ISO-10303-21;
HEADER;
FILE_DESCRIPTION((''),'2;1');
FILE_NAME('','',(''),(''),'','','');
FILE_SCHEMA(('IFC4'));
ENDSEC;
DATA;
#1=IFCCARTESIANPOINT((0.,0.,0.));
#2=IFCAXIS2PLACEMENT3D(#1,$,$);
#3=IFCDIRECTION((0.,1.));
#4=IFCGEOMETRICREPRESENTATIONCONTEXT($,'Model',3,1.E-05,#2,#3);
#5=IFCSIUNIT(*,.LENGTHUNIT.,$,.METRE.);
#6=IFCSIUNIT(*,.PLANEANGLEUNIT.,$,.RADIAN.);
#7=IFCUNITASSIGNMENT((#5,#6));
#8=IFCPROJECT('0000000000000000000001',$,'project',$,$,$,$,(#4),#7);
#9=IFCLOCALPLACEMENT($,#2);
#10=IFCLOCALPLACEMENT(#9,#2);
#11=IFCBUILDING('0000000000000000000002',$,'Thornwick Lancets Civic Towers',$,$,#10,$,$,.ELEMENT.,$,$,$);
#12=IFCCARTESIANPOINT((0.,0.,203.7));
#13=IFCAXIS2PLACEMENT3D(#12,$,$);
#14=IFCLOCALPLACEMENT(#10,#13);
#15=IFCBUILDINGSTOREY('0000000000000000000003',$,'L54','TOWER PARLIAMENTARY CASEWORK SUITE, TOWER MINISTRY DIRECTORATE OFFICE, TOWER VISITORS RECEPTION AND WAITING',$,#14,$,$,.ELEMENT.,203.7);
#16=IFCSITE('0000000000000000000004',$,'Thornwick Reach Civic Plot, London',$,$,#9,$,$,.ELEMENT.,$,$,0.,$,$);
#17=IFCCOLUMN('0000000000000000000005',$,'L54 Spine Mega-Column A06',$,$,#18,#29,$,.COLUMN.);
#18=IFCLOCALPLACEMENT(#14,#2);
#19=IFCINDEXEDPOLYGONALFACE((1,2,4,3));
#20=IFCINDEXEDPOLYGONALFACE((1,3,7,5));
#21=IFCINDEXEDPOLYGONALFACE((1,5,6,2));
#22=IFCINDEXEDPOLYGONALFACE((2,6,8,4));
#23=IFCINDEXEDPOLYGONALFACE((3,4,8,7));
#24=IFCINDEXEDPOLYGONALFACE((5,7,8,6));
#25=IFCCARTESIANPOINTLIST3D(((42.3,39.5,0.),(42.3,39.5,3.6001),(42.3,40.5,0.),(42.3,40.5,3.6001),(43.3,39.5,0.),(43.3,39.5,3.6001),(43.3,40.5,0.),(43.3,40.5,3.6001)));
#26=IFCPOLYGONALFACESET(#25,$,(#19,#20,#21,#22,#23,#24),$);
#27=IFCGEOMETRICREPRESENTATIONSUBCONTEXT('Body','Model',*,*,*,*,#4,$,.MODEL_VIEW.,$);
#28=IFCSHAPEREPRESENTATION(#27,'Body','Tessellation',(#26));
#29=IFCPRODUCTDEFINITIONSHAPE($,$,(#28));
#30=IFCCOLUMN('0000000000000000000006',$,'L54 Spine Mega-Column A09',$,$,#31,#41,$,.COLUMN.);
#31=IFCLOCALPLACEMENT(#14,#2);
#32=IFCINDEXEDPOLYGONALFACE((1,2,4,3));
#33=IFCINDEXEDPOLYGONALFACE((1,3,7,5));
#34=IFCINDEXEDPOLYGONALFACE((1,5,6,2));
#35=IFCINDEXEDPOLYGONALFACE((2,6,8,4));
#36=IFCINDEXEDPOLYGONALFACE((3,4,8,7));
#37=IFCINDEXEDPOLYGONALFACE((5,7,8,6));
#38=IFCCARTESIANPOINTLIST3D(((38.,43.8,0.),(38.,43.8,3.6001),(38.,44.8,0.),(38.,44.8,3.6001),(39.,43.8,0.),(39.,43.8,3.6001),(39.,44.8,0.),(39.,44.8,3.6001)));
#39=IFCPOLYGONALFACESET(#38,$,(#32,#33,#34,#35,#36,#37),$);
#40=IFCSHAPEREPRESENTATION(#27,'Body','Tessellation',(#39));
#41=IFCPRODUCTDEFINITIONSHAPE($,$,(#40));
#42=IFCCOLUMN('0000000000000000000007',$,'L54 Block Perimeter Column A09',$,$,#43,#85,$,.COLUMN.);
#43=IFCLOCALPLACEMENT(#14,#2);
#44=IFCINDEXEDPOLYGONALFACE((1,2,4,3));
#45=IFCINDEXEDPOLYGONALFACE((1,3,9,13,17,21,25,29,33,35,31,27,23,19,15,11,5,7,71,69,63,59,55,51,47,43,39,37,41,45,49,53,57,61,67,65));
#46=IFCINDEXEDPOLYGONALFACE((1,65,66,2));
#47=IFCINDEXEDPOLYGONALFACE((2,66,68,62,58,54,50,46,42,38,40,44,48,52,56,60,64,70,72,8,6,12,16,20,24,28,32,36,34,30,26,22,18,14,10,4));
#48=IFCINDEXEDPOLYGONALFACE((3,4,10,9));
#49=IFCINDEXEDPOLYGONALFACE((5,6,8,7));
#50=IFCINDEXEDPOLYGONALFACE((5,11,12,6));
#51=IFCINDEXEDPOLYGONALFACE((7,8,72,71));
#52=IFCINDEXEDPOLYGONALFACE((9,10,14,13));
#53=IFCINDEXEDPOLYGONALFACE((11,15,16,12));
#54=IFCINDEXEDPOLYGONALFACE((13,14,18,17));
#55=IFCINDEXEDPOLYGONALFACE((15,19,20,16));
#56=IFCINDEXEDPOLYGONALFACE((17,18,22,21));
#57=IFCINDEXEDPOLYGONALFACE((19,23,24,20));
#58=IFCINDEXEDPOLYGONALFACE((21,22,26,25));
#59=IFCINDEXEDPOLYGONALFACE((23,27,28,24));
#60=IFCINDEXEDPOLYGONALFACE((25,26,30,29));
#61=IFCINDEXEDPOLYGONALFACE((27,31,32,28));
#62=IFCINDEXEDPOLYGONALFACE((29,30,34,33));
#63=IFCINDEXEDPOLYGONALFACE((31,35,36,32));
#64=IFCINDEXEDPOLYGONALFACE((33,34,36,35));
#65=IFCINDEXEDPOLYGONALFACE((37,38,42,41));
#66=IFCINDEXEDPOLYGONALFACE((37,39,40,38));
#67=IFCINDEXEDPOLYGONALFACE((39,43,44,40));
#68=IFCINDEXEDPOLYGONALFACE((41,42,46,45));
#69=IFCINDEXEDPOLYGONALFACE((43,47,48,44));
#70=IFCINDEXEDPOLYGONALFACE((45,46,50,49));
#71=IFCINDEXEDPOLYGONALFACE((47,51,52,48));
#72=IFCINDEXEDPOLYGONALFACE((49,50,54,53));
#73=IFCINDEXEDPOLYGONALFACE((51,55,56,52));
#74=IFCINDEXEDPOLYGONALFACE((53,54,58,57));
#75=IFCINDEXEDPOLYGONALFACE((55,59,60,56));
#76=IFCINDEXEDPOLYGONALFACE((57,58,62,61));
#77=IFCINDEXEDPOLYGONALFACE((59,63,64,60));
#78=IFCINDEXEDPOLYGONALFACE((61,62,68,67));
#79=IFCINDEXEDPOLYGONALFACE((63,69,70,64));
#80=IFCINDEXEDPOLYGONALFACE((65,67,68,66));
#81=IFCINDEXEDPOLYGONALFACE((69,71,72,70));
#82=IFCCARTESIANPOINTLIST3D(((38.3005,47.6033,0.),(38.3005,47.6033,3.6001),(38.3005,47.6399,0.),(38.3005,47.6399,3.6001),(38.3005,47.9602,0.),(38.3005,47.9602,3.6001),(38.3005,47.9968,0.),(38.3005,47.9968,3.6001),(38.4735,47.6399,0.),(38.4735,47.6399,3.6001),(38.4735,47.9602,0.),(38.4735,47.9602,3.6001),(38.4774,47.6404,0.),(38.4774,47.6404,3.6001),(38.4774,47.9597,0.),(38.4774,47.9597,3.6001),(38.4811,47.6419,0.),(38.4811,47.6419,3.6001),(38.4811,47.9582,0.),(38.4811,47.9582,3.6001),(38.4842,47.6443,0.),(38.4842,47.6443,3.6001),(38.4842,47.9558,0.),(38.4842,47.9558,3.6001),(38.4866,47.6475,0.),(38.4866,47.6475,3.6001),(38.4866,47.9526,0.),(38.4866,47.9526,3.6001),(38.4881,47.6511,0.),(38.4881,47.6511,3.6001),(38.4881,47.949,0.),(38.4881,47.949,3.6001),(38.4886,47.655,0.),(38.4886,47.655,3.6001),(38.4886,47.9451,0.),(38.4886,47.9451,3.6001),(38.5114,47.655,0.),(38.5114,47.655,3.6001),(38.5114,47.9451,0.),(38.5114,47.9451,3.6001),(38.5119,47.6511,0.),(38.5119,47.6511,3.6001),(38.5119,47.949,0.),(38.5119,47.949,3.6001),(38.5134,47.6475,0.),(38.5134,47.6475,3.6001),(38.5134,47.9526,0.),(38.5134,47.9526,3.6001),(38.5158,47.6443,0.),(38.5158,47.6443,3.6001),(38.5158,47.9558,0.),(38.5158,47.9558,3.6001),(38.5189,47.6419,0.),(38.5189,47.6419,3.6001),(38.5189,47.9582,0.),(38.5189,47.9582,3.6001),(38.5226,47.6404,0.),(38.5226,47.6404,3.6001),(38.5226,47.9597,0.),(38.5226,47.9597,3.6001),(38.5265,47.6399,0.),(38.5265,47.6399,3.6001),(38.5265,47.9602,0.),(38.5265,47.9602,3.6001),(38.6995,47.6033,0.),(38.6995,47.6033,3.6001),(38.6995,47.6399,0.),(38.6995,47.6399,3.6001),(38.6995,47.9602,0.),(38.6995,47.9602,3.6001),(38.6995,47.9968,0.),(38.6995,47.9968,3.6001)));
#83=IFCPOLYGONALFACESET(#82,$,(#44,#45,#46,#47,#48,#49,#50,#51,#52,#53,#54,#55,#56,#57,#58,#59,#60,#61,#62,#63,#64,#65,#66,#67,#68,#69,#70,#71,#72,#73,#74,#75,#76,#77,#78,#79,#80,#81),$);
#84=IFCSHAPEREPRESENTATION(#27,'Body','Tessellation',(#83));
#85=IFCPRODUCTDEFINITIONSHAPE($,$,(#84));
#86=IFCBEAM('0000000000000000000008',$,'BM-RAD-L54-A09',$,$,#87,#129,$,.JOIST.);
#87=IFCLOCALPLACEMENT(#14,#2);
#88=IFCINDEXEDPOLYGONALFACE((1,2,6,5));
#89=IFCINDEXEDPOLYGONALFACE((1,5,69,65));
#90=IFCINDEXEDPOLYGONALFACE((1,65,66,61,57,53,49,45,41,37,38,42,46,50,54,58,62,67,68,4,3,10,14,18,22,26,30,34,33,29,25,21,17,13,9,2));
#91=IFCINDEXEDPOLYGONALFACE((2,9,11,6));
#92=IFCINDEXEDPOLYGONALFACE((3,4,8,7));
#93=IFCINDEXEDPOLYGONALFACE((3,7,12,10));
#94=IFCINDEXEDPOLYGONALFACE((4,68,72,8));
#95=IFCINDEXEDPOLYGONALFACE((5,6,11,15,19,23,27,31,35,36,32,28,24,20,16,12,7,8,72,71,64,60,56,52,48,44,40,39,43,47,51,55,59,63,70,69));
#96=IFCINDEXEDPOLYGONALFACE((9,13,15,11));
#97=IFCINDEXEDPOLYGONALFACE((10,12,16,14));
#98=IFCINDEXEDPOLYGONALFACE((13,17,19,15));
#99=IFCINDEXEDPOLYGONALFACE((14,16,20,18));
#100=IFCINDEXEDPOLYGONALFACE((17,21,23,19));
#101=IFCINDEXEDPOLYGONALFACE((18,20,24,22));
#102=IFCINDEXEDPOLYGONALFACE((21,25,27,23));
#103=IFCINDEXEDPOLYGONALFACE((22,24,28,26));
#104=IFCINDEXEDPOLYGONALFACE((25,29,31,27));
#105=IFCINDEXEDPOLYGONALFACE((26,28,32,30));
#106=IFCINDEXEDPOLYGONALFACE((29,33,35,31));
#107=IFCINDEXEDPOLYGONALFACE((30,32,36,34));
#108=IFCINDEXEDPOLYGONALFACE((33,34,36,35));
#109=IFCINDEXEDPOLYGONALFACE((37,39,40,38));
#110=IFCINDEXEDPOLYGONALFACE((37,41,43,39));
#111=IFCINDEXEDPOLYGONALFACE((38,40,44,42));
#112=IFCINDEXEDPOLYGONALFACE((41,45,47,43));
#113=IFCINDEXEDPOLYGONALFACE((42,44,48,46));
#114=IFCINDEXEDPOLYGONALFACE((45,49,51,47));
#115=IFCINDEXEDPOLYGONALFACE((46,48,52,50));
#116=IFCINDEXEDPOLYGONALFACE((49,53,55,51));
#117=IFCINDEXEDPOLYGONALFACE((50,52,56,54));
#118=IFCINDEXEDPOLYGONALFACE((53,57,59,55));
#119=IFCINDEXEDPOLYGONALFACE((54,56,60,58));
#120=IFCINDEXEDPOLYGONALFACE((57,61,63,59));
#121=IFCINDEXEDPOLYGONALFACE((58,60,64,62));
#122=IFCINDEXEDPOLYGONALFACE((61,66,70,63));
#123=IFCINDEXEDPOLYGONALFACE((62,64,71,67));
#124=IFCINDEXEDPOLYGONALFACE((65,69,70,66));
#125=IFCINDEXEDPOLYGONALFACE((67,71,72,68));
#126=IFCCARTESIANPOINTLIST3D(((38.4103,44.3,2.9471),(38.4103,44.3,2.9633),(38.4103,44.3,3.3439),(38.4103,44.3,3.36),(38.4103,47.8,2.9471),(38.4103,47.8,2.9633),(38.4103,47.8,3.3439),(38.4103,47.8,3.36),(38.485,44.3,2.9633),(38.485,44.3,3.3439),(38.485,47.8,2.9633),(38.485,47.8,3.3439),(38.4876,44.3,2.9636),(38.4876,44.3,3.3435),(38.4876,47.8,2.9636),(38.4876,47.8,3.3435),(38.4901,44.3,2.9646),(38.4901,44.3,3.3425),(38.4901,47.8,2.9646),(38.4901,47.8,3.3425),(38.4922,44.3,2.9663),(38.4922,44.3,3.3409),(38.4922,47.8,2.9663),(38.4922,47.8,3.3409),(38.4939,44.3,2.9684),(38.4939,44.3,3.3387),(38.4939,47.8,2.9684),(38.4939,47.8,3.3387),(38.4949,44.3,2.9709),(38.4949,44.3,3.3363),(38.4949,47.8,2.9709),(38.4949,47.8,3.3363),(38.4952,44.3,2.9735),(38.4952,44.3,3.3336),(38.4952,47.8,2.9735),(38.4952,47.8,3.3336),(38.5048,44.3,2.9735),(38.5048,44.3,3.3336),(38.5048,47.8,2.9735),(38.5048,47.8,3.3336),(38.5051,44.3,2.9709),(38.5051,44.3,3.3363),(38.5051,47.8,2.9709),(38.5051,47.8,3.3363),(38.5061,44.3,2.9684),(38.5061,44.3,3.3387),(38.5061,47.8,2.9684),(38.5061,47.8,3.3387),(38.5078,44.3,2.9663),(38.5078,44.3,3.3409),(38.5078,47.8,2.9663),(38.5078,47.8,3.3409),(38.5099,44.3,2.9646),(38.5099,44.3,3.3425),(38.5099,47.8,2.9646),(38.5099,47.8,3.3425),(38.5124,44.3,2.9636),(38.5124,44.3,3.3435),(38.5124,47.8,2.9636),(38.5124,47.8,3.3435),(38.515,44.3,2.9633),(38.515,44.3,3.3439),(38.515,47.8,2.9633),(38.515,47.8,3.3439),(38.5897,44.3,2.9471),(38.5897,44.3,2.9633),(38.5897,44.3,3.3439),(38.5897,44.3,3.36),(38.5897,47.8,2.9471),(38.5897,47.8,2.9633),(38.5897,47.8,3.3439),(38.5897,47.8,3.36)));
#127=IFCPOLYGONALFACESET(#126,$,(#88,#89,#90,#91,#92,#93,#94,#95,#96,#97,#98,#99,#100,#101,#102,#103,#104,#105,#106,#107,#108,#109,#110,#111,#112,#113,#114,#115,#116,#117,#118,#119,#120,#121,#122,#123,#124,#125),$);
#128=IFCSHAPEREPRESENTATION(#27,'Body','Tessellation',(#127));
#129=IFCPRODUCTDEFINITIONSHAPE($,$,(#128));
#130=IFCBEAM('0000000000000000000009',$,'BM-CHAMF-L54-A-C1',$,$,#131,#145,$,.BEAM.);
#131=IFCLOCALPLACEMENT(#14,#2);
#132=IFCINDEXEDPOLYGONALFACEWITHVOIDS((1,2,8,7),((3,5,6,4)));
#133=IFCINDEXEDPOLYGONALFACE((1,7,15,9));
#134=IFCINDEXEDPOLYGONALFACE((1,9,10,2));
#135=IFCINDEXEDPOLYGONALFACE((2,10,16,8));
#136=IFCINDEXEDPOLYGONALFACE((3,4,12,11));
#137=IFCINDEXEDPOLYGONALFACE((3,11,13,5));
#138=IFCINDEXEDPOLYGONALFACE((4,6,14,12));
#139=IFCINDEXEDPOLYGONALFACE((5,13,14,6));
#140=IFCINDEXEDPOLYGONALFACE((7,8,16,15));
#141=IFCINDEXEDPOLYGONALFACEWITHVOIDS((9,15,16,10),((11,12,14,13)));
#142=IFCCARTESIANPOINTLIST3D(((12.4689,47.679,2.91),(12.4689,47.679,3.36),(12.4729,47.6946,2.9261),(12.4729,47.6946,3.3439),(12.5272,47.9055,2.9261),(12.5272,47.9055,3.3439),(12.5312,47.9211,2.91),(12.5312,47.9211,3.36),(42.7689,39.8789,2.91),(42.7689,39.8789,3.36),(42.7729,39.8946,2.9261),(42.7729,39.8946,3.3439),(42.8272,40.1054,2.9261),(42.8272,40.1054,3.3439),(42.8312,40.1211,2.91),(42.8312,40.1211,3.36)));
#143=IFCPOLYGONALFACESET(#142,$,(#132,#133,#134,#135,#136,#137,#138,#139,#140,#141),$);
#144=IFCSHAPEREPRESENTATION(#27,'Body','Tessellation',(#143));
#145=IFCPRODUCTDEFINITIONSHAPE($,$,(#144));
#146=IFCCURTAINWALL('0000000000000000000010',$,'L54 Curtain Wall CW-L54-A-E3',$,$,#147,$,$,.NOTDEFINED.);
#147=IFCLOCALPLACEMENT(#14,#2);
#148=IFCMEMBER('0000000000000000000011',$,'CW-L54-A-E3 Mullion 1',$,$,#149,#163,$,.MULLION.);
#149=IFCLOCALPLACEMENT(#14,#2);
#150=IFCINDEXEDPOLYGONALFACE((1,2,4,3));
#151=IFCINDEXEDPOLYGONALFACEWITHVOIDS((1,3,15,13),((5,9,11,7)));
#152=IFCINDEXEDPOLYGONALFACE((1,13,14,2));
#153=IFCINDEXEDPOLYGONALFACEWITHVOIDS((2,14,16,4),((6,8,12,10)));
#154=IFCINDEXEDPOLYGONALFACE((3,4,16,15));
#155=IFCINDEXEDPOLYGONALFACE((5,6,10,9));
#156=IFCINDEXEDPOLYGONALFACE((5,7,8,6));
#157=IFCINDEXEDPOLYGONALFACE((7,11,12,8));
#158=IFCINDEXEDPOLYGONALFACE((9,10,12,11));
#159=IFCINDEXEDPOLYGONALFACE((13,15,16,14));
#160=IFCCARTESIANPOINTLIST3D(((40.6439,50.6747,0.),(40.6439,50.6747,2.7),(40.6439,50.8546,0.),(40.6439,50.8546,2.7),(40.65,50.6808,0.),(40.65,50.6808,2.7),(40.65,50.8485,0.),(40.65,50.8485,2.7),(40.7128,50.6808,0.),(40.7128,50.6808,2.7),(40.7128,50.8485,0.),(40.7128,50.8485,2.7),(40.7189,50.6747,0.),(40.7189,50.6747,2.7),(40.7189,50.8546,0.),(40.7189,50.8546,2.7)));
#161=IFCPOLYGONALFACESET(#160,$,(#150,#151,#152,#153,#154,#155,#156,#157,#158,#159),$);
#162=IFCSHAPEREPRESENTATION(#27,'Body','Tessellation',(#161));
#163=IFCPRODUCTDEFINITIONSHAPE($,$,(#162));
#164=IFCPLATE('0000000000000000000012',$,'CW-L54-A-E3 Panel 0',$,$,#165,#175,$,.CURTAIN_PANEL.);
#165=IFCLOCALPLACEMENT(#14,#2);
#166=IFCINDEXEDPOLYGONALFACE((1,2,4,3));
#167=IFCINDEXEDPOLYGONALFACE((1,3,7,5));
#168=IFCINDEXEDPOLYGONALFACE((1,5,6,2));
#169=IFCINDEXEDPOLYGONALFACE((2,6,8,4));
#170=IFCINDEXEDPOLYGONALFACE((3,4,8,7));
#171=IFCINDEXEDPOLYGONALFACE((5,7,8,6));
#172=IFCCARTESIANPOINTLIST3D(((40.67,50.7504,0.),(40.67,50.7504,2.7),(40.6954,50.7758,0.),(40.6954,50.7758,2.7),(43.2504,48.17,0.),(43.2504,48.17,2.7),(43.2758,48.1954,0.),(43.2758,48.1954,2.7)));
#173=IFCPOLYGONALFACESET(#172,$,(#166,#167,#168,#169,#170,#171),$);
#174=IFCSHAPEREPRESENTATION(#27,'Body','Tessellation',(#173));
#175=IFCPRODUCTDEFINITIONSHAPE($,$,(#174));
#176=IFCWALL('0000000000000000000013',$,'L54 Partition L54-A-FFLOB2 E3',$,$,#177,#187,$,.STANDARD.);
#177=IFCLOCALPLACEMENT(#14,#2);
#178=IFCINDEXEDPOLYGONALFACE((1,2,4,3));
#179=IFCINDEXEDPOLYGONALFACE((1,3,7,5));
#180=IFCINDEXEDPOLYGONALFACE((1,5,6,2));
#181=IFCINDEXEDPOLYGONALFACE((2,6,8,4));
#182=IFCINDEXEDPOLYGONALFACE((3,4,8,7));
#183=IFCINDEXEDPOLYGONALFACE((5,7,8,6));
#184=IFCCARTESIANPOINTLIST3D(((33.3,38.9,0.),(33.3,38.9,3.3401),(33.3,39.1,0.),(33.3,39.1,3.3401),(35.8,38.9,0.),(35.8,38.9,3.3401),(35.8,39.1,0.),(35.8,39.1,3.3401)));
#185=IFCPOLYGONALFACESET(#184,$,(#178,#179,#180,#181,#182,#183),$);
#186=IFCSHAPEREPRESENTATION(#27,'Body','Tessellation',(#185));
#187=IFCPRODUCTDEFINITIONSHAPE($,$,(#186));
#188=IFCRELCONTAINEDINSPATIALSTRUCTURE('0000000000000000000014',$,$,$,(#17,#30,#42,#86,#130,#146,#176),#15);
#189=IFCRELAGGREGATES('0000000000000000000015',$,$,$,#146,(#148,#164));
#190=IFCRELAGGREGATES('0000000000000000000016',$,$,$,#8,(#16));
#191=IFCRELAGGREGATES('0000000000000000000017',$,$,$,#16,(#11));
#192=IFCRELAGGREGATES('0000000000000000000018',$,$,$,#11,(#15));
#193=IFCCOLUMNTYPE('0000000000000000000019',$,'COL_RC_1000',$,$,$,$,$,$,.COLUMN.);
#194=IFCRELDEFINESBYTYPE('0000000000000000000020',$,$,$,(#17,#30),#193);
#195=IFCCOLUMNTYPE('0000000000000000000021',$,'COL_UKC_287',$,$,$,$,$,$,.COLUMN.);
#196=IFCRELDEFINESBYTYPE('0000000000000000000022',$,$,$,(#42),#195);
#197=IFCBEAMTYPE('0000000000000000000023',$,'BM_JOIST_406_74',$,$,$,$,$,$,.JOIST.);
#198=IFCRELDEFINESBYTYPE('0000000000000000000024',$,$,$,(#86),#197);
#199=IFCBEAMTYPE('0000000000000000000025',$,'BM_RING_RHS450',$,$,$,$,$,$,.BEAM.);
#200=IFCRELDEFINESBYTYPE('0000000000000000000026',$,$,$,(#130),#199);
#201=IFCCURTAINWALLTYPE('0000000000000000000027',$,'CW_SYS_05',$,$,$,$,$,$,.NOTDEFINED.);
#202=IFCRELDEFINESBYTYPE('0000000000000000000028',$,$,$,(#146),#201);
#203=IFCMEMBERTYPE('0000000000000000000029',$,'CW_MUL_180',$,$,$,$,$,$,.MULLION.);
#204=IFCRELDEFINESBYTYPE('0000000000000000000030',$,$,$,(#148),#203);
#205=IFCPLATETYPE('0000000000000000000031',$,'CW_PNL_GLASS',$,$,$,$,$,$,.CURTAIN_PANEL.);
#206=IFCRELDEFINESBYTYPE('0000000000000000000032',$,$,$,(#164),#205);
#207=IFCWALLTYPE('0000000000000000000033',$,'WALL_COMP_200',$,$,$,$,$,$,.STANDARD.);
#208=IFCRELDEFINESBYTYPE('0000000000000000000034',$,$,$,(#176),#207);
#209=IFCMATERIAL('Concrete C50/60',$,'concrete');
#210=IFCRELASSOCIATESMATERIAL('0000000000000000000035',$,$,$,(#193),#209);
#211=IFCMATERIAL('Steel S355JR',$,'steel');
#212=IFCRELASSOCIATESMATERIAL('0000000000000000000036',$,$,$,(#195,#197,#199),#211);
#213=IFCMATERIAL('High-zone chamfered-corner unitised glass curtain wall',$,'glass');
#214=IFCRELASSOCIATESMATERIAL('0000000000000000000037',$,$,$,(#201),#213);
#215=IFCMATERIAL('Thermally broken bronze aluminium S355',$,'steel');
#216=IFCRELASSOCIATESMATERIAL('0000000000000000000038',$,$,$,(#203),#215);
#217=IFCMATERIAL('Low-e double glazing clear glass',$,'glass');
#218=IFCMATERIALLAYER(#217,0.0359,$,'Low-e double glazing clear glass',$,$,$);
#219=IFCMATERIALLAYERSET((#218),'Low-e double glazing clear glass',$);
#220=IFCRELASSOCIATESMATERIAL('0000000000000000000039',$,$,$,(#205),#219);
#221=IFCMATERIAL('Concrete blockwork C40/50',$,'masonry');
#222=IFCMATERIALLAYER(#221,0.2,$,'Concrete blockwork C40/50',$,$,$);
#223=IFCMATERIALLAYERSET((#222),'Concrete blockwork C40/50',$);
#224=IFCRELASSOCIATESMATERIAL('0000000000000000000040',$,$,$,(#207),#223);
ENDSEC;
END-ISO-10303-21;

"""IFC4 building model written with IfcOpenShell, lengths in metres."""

from ifc_helpers import new_model, si_unit, direction, frame, frame_2d, origin, origin_2d, place, context, subcontext, project, spatial, rectangle, hollow_rectangle, i_section, extrude, material, layer, layer_set, material_profile, profile_set, type_object, element, aggregate, save


model = new_model("IFC4")

# Units and contexts
model_context = context("Model", 3, precision=1e-05, world=origin(), true_north=direction((0.0, 1.0)))
body_context = subcontext(model_context, "Body", "Model", "MODEL_VIEW")
ifc_project = project(units=[si_unit("LENGTHUNIT", "METRE"), si_unit("PLANEANGLEUNIT", "RADIAN")], contexts=[model_context])

# Site, building, storey
site_placement = place(None, origin())
site = spatial("IfcSite", under=ifc_project, at=site_placement, Name="Thornwick Reach Civic Plot, London", CompositionType="ELEMENT", RefElevation=0.0)
building_placement = place(site_placement, origin())
building = spatial("IfcBuilding", under=site, at=building_placement, Name="Thornwick Lancets Civic Towers", CompositionType="ELEMENT")
storey_placement = place(building_placement, frame((0.0, 0.0, 203.7)))
storey = spatial("IfcBuildingStorey", under=building, at=storey_placement, Name="L54", Description="TOWER PARLIAMENTARY CASEWORK SUITE, TOWER MINISTRY DIRECTORATE OFFICE, TOWER VISITORS RECEPTION AND WAITING", CompositionType="ELEMENT", Elevation=203.7)

# Columns
ifc_material_1 = material(Name="Concrete C50/60", Category="concrete")
ifc_material_profile_1 = material_profile(ifc_material_1, rectangle(XDim=1.0, YDim=1.0, at=origin_2d()), Name="RC 1000x1000")
ifc_profile_set_1 = profile_set([ifc_material_profile_1], Name="Concrete C50/60")
column_type_1 = type_object("IfcColumnType", Name="COL_RC_1000", PredefinedType="COLUMN", material=ifc_profile_set_1)
for number, where, z_axis, x_axis, name in (
    (1, (42.8, 40.0, 0.0), (0.0, 0.0, 1.0), (1.0, 0.0, 0.0), "L54 Spine Mega-Column A06"),
    (2, (38.5, 44.3, 0.0), (0.0, 0.0, 1.0), (1.0, 0.0, 0.0), "L54 Spine Mega-Column A09"),
):
    element("IfcColumn", number, at=place(storey_placement, frame(where, z_axis=z_axis, x_axis=x_axis)), inside=storey, type_object=column_type_1, Name=name, PredefinedType="COLUMN", context=body_context, shape_type="SweptSolid", body=[
        extrude(rectangle(XDim=1.0, YDim=1.0, at=origin_2d()), origin(), (0.0, 0.0, 1.0), 3.6001),
    ])
ifc_material_2 = material(Name="Steel S355JR", Category="steel")
ifc_material_profile_2 = material_profile(ifc_material_2, i_section(OverallWidth=0.3989, OverallDepth=0.3936, WebThickness=0.0227, FlangeThickness=0.0366, FilletRadius=0.0151, at=origin_2d()), Name="UKC 356x406x287")
ifc_profile_set_2 = profile_set([ifc_material_profile_2], Name="Steel S355JR")
column_type_2 = type_object("IfcColumnType", Name="COL_UKC_287", PredefinedType="COLUMN", material=ifc_profile_set_2)
column_placement = place(storey_placement, frame((38.5, 47.8, 0.0), z_axis=(0.0, 0.0, 1.0), x_axis=(1.0, 0.0, 0.0)))
element("IfcColumn", 3, at=column_placement, inside=storey, type_object=column_type_2, Name="L54 Block Perimeter Column A09", PredefinedType="COLUMN", context=body_context, shape_type="SweptSolid", body=[
    extrude(i_section(OverallWidth=0.3989, OverallDepth=0.3936, WebThickness=0.0227, FlangeThickness=0.0366, FilletRadius=0.0151, at=origin_2d()), origin(), (0.0, 0.0, 1.0), 3.6001),
])

# Beams
ifc_material_profile_3 = material_profile(ifc_material_2, i_section(OverallWidth=0.1794, OverallDepth=0.4128, WebThickness=0.0095, FlangeThickness=0.0161, FilletRadius=0.0103, at=origin_2d()), Name="UKB 406x178x74")
ifc_profile_set_3 = profile_set([ifc_material_profile_3], Name="Steel S355JR")
beam_type_1 = type_object("IfcBeamType", Name="BM_JOIST_406_74", PredefinedType="JOIST", material=ifc_profile_set_3)
beam_1_placement = place(storey_placement, frame((38.5, 44.3, 3.1536), z_axis=(0.0, 1.0, 0.0), x_axis=(-1.0, 0.0, 0.0)))
element("IfcBeam", 4, at=beam_1_placement, inside=storey, type_object=beam_type_1, Name="BM-RAD-L54-A09", PredefinedType="JOIST", context=body_context, shape_type="SweptSolid", body=[
    extrude(i_section(OverallWidth=0.1794, OverallDepth=0.4128, WebThickness=0.0095, FlangeThickness=0.0161, FilletRadius=0.0103, at=origin_2d()), origin(), (0.0, 0.0, 1.0), 3.5),
])
ifc_material_profile_4 = material_profile(ifc_material_2, hollow_rectangle(XDim=0.25, YDim=0.45, WallThickness=0.0161, at=origin_2d()), Name="RHS 450x250x16")
ifc_profile_set_4 = profile_set([ifc_material_profile_4], Name="Steel S355JR")
beam_type_2 = type_object("IfcBeamType", Name="BM_RING_RHS450", PredefinedType="BEAM", material=ifc_profile_set_4)
beam_2_placement = place(storey_placement, frame((42.8, 40.0, 3.135), z_axis=(-0.968427, 0.249299, 0.0), x_axis=(-0.249299, -0.968427, 0.0)))
element("IfcBeam", 5, at=beam_2_placement, inside=storey, type_object=beam_type_2, Name="BM-CHAMF-L54-A-C1", PredefinedType="BEAM", context=body_context, shape_type="SweptSolid", body=[
    extrude(hollow_rectangle(XDim=0.25, YDim=0.45, WallThickness=0.0161, at=origin_2d()), origin(), (0.0, 0.0, 1.0), 31.2878),
])

# Curtain wall, member, plate
ifc_material_3 = material(Name="High-zone chamfered-corner unitised glass curtain wall", Category="glass")
curtain_wall_type = type_object("IfcCurtainWallType", Name="CW_SYS_05", PredefinedType="NOTDEFINED", material=ifc_material_3)
curtain_wall_placement = place(storey_placement, origin())
curtain_wall = element("IfcCurtainWall", 6, at=curtain_wall_placement, inside=storey, type_object=curtain_wall_type, Name="L54 Curtain Wall CW-L54-A-E3", PredefinedType="NOTDEFINED")
ifc_material_4 = material(Name="Thermally broken bronze aluminium S355", Category="steel")
ifc_material_profile_5 = material_profile(ifc_material_4, hollow_rectangle(XDim=0.075, YDim=0.1799, WallThickness=0.0061, at=origin_2d()), Name="RHS 180x75x6")
ifc_profile_set_5 = profile_set([ifc_material_profile_5], Name="Thermally broken bronze aluminium S355")
member_type = type_object("IfcMemberType", Name="CW_MUL_180", PredefinedType="MULLION", material=ifc_profile_set_5)
member_placement = place(storey_placement, frame((40.6814, 50.7646, 0.0), z_axis=(0.0, 0.0, 1.0), x_axis=(1.0, 0.0, 0.0)))
member = element("IfcMember", 7, at=member_placement, type_object=member_type, Name="CW-L54-A-E3 Mullion 1", PredefinedType="MULLION", context=body_context, shape_type="SweptSolid", body=[
    extrude(hollow_rectangle(XDim=0.075, YDim=0.1799, WallThickness=0.0061, at=origin_2d()), origin(), (0.0, 0.0, 1.0), 2.7),
])
ifc_material_5 = material(Name="Low-e double glazing clear glass", Category="glass")
ifc_layer_1 = layer(ifc_material_5, 0.0359, Name="Low-e double glazing clear glass")
ifc_layer_set_1 = layer_set([ifc_layer_1], Name="Low-e double glazing clear glass")
plate_type = type_object("IfcPlateType", Name="CW_PNL_GLASS", PredefinedType="CURTAIN_PANEL", material=ifc_layer_set_1)
plate_placement = place(storey_placement, frame((41.9729, 49.4729, 0.0), z_axis=(0.0, 0.0, 1.0), x_axis=(-0.707107, 0.707107, 0.0)))
plate = element("IfcPlate", 8, at=plate_placement, type_object=plate_type, Name="CW-L54-A-E3 Panel 0", PredefinedType="CURTAIN_PANEL", context=body_context, shape_type="SweptSolid", body=[
    extrude(rectangle(XDim=3.6492, YDim=0.0359, at=origin_2d()), origin(), (0.0, 0.0, 1.0), 2.7),
])
aggregate(curtain_wall, [member, plate])

# Wall
ifc_material_6 = material(Name="Concrete blockwork C40/50", Category="masonry")
ifc_layer_2 = layer(ifc_material_6, 0.2, Name="Concrete blockwork C40/50")
ifc_layer_set_2 = layer_set([ifc_layer_2], Name="Concrete blockwork C40/50")
wall_type_1 = type_object("IfcWallType", Name="WALL_COMP_200", PredefinedType="STANDARD", material=ifc_layer_set_2)
wall_1_placement = place(storey_placement, frame((35.8, 39.0, 0.0), z_axis=(0.0, 0.0, 1.0), x_axis=(-1.0, 0.0, 0.0)))
element("IfcWall", 9, at=wall_1_placement, inside=storey, type_object=wall_type_1, Name="L54 Partition L54-A-FFLOB2 E3", PredefinedType="STANDARD", context=body_context, shape_type="SweptSolid", body=[
    extrude(rectangle(XDim=2.5, YDim=0.2, at=frame_2d((1.25, 0.0))), origin(), (0.0, 0.0, 1.0), 3.3401),
])

save(model, "model.ifc")
